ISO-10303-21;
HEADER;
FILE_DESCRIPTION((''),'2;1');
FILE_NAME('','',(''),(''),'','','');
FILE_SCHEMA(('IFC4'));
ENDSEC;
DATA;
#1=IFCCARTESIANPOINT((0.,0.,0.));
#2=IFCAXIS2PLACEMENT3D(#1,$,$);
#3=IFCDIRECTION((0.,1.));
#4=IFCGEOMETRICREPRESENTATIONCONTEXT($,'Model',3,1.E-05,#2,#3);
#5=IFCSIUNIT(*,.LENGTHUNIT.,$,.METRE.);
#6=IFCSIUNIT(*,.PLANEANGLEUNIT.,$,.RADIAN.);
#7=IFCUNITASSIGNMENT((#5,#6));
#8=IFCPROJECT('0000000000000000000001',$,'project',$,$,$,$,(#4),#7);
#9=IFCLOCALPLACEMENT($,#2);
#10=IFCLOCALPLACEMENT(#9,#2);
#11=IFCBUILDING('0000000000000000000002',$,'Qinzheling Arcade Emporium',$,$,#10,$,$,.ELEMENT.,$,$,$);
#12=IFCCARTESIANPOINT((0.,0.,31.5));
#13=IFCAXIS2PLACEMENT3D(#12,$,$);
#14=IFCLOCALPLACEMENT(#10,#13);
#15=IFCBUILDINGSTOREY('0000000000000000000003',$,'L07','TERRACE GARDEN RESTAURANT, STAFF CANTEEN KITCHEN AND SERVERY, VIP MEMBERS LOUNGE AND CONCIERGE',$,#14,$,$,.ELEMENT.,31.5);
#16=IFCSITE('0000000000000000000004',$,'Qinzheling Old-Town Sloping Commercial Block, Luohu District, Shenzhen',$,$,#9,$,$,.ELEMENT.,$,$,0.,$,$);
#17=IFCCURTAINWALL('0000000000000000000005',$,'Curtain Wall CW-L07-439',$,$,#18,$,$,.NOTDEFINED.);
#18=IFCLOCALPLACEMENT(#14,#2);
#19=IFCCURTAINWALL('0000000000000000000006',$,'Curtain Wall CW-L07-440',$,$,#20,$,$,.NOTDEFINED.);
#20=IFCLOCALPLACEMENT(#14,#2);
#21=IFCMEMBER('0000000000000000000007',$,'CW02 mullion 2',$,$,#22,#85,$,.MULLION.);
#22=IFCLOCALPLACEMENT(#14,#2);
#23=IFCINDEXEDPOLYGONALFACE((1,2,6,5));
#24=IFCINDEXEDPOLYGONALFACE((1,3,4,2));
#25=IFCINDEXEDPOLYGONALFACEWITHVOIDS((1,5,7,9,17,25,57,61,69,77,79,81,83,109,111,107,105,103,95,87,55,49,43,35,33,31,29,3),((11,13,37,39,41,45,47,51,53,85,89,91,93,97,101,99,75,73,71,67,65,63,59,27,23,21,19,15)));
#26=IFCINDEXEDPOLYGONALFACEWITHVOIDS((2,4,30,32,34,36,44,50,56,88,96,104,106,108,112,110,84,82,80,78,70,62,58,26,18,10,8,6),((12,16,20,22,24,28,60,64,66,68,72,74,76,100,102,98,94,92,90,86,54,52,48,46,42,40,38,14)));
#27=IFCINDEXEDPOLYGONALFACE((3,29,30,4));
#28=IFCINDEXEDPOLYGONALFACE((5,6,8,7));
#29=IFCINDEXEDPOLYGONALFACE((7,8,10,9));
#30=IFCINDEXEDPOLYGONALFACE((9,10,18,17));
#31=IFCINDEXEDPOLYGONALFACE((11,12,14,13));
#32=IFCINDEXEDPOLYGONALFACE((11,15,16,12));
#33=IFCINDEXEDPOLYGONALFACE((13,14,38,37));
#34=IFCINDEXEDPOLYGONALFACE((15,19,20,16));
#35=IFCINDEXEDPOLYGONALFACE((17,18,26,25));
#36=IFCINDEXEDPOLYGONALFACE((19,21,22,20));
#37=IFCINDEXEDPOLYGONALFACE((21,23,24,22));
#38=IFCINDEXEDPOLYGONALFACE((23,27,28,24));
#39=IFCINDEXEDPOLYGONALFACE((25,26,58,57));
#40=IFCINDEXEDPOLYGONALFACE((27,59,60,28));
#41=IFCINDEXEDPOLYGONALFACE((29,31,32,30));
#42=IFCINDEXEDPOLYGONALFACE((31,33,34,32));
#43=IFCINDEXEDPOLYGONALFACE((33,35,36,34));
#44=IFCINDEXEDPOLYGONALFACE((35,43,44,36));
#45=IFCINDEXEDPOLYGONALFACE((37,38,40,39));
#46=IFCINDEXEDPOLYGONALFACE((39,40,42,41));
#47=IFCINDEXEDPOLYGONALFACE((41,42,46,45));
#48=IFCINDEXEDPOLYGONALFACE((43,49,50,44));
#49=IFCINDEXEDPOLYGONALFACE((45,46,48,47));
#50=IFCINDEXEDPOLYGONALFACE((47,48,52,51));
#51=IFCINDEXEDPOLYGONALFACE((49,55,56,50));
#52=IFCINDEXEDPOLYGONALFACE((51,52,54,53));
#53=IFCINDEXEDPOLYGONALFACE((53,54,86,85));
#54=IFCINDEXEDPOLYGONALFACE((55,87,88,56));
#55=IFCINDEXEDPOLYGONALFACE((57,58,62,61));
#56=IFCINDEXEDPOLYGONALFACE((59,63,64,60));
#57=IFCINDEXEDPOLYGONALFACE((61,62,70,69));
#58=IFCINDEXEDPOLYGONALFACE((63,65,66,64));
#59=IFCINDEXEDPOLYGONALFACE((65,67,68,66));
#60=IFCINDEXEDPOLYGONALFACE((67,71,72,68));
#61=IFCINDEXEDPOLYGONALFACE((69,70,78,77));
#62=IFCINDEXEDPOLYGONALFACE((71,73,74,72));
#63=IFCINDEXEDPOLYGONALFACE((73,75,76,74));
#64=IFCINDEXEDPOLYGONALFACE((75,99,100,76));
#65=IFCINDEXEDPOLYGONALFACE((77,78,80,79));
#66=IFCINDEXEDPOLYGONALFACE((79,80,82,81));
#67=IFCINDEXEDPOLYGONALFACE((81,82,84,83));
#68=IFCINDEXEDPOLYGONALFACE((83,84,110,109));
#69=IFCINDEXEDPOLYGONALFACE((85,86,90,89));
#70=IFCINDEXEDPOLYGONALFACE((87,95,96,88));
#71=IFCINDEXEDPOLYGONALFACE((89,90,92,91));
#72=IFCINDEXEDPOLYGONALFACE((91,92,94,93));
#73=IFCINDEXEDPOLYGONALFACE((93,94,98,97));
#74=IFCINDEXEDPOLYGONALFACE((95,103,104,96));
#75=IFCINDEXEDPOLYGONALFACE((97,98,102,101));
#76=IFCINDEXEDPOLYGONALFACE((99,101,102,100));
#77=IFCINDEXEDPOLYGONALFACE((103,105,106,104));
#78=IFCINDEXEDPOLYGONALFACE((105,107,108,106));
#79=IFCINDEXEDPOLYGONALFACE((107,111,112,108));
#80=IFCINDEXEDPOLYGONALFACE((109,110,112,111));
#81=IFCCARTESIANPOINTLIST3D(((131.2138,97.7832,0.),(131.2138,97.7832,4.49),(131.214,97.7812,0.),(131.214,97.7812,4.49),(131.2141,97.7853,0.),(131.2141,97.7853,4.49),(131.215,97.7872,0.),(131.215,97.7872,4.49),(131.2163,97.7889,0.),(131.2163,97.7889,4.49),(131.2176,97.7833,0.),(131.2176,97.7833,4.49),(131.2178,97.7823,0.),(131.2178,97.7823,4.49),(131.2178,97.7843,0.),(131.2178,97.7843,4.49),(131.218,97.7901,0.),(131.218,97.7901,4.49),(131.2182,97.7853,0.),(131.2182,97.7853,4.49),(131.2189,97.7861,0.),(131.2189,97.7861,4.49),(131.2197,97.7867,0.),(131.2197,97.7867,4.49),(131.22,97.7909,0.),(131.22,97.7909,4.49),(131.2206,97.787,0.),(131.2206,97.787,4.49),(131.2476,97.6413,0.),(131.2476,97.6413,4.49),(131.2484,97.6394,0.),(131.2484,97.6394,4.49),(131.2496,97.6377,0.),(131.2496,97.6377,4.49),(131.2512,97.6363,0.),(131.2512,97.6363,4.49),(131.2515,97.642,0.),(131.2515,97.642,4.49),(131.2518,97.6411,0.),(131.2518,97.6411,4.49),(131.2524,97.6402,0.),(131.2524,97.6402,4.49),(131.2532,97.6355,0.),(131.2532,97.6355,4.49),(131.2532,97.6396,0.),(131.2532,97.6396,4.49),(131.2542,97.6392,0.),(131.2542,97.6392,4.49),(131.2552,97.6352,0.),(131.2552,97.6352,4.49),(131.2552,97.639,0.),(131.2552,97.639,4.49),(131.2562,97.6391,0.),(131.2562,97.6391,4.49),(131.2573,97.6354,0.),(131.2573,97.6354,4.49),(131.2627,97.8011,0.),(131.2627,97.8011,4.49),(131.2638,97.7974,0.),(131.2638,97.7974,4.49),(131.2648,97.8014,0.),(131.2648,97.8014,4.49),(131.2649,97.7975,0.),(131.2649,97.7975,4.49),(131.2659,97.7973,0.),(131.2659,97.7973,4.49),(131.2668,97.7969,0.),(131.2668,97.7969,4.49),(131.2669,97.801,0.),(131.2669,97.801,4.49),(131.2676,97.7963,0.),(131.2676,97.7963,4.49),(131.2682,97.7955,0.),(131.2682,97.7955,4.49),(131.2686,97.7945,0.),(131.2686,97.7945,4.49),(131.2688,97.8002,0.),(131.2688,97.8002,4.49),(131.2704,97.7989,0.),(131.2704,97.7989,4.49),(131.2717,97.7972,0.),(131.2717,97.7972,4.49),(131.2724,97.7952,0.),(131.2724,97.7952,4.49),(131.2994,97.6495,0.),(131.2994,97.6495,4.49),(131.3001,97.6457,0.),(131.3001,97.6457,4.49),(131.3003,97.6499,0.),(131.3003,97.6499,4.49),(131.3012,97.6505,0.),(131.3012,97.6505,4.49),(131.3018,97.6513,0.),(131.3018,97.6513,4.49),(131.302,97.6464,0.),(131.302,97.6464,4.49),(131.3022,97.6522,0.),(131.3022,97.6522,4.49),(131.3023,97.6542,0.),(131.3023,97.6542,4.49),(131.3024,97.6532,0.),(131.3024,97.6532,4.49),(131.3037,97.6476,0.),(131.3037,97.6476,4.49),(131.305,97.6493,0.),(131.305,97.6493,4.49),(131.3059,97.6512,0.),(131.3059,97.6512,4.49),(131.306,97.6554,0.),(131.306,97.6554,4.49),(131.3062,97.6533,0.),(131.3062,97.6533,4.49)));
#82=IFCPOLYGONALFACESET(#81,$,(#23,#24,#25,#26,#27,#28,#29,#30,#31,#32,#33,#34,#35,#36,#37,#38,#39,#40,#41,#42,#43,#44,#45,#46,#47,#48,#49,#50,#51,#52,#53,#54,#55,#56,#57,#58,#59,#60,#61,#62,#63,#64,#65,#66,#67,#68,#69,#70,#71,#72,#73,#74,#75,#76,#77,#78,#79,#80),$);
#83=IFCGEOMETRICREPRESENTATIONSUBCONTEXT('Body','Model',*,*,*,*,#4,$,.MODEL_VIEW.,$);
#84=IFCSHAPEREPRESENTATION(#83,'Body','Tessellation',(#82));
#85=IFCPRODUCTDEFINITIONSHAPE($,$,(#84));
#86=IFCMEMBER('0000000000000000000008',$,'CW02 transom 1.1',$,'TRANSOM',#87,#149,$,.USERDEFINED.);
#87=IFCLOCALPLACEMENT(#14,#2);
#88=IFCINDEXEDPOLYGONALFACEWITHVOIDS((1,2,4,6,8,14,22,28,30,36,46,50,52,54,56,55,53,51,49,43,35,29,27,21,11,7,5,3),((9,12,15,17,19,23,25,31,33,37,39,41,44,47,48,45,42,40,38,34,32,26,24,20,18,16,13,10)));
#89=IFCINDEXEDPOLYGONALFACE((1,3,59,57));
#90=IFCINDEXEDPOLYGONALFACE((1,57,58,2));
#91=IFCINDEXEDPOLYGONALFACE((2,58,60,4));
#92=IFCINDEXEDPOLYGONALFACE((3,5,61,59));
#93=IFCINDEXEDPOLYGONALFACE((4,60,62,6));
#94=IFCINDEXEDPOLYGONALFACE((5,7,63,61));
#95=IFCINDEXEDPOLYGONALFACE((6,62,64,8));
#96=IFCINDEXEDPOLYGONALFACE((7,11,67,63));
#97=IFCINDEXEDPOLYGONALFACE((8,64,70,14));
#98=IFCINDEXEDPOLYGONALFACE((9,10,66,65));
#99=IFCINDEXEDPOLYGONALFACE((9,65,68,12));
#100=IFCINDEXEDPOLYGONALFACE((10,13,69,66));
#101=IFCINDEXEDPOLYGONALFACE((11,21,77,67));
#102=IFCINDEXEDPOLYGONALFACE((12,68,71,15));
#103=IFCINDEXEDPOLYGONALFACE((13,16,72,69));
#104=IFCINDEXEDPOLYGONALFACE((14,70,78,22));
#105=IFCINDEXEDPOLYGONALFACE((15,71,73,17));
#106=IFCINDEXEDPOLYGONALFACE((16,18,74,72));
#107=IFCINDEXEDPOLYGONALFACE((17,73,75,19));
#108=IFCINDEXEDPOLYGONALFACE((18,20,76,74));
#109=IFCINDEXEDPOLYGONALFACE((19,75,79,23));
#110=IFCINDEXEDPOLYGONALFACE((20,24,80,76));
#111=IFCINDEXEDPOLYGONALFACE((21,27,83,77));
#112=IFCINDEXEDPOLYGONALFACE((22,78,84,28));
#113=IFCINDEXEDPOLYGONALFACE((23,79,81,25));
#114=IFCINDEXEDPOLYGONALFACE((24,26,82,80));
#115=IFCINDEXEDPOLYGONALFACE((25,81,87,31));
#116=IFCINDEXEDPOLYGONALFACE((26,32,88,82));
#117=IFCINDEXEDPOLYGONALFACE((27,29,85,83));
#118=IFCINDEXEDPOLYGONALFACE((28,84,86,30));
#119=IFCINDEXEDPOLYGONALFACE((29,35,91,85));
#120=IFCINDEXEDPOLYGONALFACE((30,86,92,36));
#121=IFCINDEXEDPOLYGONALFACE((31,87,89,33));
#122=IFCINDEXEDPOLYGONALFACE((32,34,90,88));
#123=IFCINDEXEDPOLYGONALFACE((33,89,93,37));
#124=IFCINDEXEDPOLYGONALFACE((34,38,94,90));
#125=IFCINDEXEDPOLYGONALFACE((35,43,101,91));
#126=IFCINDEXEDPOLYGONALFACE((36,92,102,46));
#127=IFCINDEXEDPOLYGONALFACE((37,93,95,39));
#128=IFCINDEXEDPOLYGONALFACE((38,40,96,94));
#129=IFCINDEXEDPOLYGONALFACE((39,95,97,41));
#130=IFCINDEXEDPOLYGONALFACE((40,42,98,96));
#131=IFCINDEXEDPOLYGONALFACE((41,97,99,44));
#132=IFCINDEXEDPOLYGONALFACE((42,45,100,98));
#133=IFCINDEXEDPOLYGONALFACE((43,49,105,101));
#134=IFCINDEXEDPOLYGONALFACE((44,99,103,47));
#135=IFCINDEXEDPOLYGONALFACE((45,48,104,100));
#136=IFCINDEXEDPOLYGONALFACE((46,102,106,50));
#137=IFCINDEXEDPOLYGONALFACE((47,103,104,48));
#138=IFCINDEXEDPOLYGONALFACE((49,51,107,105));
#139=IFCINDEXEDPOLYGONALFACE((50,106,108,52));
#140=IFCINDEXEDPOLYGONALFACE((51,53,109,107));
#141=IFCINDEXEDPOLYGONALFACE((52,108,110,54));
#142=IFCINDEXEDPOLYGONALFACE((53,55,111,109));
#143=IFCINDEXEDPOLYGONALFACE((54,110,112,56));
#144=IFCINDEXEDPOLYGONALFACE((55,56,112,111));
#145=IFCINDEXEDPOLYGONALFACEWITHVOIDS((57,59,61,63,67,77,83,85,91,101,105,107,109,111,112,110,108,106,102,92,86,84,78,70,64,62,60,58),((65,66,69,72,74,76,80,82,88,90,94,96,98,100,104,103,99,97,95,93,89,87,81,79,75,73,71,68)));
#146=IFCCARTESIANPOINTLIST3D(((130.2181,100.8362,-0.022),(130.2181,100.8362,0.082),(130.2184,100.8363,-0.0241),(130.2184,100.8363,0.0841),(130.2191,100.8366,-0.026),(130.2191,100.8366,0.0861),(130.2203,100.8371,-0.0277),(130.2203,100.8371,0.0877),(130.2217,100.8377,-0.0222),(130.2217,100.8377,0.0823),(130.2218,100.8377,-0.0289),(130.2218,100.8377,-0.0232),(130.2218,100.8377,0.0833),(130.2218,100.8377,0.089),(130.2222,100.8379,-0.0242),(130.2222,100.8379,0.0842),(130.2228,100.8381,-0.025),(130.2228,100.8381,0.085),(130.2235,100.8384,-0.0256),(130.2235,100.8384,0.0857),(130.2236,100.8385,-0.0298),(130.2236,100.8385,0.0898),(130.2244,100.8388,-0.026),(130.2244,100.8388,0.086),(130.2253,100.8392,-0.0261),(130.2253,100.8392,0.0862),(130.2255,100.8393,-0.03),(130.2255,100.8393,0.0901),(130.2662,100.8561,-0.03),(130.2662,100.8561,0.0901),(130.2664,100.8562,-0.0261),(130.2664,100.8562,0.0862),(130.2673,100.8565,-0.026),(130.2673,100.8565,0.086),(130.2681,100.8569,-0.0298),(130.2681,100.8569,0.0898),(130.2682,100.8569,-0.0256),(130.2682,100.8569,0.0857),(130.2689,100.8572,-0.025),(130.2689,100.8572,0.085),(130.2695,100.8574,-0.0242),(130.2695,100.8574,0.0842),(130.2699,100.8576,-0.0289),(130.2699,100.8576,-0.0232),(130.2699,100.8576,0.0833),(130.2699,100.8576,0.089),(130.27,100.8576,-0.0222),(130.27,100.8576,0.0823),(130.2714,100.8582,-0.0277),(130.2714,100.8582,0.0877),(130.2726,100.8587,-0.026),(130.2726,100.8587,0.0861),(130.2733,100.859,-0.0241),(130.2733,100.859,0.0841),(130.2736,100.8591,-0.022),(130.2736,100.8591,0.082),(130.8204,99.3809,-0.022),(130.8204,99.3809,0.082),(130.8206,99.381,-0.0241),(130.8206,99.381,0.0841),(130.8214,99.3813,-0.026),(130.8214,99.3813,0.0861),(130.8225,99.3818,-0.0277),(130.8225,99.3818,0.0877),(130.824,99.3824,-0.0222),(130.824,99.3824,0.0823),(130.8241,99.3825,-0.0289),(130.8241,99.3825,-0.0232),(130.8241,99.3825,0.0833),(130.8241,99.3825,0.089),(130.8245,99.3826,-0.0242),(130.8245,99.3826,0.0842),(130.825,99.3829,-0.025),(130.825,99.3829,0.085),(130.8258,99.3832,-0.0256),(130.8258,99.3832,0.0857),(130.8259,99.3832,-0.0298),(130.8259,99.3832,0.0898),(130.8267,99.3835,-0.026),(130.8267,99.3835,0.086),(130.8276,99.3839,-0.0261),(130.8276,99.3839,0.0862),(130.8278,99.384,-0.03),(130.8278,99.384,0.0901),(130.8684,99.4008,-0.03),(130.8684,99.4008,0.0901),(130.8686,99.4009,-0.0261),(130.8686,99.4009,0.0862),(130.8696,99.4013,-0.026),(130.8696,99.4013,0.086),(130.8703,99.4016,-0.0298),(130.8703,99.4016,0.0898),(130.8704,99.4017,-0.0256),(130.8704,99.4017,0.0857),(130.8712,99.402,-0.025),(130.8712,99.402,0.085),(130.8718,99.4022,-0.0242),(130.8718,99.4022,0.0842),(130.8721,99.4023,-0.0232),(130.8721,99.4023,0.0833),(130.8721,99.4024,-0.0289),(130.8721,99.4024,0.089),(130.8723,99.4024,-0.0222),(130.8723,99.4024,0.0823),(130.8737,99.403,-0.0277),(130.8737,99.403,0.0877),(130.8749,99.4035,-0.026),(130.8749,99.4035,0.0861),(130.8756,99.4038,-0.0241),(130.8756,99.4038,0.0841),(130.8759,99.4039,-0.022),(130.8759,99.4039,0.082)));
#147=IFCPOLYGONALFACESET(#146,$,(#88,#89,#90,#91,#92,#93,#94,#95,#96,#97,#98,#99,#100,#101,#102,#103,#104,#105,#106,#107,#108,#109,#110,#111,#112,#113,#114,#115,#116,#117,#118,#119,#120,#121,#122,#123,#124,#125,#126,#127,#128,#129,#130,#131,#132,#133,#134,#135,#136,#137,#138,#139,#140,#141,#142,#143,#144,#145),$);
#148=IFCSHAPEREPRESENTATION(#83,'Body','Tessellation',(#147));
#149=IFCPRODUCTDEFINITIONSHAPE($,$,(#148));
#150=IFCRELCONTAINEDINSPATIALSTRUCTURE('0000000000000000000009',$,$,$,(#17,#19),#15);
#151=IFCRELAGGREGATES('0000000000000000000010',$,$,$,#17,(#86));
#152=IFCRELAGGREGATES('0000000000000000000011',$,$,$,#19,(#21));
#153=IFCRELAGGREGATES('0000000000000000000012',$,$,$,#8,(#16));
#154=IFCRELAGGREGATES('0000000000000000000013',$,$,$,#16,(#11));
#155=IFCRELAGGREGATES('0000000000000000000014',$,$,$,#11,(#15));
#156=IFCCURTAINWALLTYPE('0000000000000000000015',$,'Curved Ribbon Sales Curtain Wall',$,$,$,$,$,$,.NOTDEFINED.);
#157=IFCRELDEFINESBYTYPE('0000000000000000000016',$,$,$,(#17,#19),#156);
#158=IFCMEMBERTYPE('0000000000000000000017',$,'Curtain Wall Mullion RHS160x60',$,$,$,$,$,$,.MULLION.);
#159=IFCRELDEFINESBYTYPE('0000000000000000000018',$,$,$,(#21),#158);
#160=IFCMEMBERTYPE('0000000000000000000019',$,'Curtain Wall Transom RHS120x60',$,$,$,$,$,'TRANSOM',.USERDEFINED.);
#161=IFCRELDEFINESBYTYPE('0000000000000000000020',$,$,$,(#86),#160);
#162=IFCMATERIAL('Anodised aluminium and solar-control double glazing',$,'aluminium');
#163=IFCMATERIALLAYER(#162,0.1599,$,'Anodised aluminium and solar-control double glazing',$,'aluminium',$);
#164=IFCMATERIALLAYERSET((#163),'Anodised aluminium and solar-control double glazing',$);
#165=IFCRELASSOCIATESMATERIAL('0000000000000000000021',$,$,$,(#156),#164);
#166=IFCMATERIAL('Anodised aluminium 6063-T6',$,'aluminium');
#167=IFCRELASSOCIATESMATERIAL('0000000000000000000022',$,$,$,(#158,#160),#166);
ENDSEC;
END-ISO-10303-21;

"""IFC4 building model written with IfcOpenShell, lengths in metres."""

from ifc_helpers import new_model, si_unit, direction, frame, origin, origin_2d, place, context, subcontext, project, spatial, hollow_rectangle, extrude, material, layer, layer_set, material_profile, profile_set, type_object, element, aggregate, save


model = new_model("IFC4")

# Units and contexts
model_context = context("Model", 3, precision=1e-05, world=origin(), true_north=direction((0.0, 1.0)))
body_context = subcontext(model_context, "Body", "Model", "MODEL_VIEW")
ifc_project = project(units=[si_unit("LENGTHUNIT", "METRE"), si_unit("PLANEANGLEUNIT", "RADIAN")], contexts=[model_context])

# Site, building, storey
site_placement = place(None, origin())
site = spatial("IfcSite", under=ifc_project, at=site_placement, Name="Qinzheling Old-Town Sloping Commercial Block, Luohu District, Shenzhen", CompositionType="ELEMENT", RefElevation=0.0)
building_placement = place(site_placement, origin())
building = spatial("IfcBuilding", under=site, at=building_placement, Name="Qinzheling Arcade Emporium", CompositionType="ELEMENT")
storey_placement = place(building_placement, frame((0.0, 0.0, 31.5)))
storey = spatial("IfcBuildingStorey", under=building, at=storey_placement, Name="L07", Description="TERRACE GARDEN RESTAURANT, STAFF CANTEEN KITCHEN AND SERVERY, VIP MEMBERS LOUNGE AND CONCIERGE", CompositionType="ELEMENT", Elevation=31.5)

# Shared definitions
ifc_material_1 = material(Name="Anodised aluminium and solar-control double glazing", Category="aluminium")
ifc_layer_1 = layer(ifc_material_1, 0.1599, Name="Anodised aluminium and solar-control double glazing", Category="aluminium")
ifc_layer_set_1 = layer_set([ifc_layer_1], Name="Anodised aluminium and solar-control double glazing")
curtain_wall_type = type_object("IfcCurtainWallType", Name="Curved Ribbon Sales Curtain Wall", PredefinedType="NOTDEFINED", material=ifc_layer_set_1)
ifc_material_2 = material(Name="Anodised aluminium 6063-T6", Category="aluminium")
ifc_material_profile_1 = material_profile(ifc_material_2, hollow_rectangle(XDim=0.0601, YDim=0.1599, WallThickness=0.0039, InnerFilletRadius=0.0039, OuterFilletRadius=0.0081, at=origin_2d()), Name="RHS 160x60x4", Category="aluminium")
ifc_profile_set_1 = profile_set([ifc_material_profile_1], Name="Anodised aluminium 6063-T6")
member_type_1 = type_object("IfcMemberType", Name="Curtain Wall Mullion RHS160x60", PredefinedType="MULLION", material=ifc_profile_set_1)

# Curtain walls, member
curtain_wall_1_placement = place(storey_placement, origin())
curtain_wall_1 = element("IfcCurtainWall", 1, at=curtain_wall_1_placement, inside=storey, type_object=curtain_wall_type, Name="Curtain Wall CW-L07-439", PredefinedType="NOTDEFINED")
curtain_wall_2_placement = place(storey_placement, origin())
curtain_wall_2 = element("IfcCurtainWall", 2, at=curtain_wall_2_placement, inside=storey, type_object=curtain_wall_type, Name="Curtain Wall CW-L07-440", PredefinedType="NOTDEFINED")
member_1_placement = place(storey_placement, frame((131.26, 97.7183, 0.0), z_axis=(0.0, 0.0, 1.0), x_axis=(0.972323, 0.233641, 0.0)))
member_1 = element("IfcMember", 3, at=member_1_placement, type_object=member_type_1, Name="CW02 mullion 2", PredefinedType="MULLION", context=body_context, shape_type="SweptSolid", body=[
    extrude(hollow_rectangle(XDim=0.0601, YDim=0.1599, WallThickness=0.0039, InnerFilletRadius=0.0039, OuterFilletRadius=0.0081, at=origin_2d()), origin(), (0.0, 0.0, 1.0), 4.49),
])

# Member
ifc_material_profile_2 = material_profile(ifc_material_2, hollow_rectangle(XDim=0.0601, YDim=0.1201, WallThickness=0.0039, InnerFilletRadius=0.0039, OuterFilletRadius=0.0081, at=origin_2d()), Name="RHS 120x60x4", Category="aluminium")
ifc_profile_set_2 = profile_set([ifc_material_profile_2], Name="Anodised aluminium 6063-T6")
member_type_2 = type_object("IfcMemberType", Name="Curtain Wall Transom RHS120x60", ElementType="TRANSOM", PredefinedType="USERDEFINED", material=ifc_profile_set_2)
member_2_placement = place(storey_placement, frame((130.2458, 100.8477, 0.03), z_axis=(0.382402, -0.923996, 0.0), x_axis=(0.923996, 0.382402, 0.0)))
member_2 = element("IfcMember", 4, at=member_2_placement, type_object=member_type_2, Name="CW02 transom 1.1", ObjectType="TRANSOM", PredefinedType="USERDEFINED", context=body_context, shape_type="SweptSolid", body=[
    extrude(hollow_rectangle(XDim=0.0601, YDim=0.1201, WallThickness=0.0039, InnerFilletRadius=0.0039, OuterFilletRadius=0.0081, at=origin_2d()), origin(), (0.0, 0.0, 1.0), 1.575),
])

aggregate(curtain_wall_1, [member_2])
aggregate(curtain_wall_2, [member_1])

save(model, "model.ifc")
